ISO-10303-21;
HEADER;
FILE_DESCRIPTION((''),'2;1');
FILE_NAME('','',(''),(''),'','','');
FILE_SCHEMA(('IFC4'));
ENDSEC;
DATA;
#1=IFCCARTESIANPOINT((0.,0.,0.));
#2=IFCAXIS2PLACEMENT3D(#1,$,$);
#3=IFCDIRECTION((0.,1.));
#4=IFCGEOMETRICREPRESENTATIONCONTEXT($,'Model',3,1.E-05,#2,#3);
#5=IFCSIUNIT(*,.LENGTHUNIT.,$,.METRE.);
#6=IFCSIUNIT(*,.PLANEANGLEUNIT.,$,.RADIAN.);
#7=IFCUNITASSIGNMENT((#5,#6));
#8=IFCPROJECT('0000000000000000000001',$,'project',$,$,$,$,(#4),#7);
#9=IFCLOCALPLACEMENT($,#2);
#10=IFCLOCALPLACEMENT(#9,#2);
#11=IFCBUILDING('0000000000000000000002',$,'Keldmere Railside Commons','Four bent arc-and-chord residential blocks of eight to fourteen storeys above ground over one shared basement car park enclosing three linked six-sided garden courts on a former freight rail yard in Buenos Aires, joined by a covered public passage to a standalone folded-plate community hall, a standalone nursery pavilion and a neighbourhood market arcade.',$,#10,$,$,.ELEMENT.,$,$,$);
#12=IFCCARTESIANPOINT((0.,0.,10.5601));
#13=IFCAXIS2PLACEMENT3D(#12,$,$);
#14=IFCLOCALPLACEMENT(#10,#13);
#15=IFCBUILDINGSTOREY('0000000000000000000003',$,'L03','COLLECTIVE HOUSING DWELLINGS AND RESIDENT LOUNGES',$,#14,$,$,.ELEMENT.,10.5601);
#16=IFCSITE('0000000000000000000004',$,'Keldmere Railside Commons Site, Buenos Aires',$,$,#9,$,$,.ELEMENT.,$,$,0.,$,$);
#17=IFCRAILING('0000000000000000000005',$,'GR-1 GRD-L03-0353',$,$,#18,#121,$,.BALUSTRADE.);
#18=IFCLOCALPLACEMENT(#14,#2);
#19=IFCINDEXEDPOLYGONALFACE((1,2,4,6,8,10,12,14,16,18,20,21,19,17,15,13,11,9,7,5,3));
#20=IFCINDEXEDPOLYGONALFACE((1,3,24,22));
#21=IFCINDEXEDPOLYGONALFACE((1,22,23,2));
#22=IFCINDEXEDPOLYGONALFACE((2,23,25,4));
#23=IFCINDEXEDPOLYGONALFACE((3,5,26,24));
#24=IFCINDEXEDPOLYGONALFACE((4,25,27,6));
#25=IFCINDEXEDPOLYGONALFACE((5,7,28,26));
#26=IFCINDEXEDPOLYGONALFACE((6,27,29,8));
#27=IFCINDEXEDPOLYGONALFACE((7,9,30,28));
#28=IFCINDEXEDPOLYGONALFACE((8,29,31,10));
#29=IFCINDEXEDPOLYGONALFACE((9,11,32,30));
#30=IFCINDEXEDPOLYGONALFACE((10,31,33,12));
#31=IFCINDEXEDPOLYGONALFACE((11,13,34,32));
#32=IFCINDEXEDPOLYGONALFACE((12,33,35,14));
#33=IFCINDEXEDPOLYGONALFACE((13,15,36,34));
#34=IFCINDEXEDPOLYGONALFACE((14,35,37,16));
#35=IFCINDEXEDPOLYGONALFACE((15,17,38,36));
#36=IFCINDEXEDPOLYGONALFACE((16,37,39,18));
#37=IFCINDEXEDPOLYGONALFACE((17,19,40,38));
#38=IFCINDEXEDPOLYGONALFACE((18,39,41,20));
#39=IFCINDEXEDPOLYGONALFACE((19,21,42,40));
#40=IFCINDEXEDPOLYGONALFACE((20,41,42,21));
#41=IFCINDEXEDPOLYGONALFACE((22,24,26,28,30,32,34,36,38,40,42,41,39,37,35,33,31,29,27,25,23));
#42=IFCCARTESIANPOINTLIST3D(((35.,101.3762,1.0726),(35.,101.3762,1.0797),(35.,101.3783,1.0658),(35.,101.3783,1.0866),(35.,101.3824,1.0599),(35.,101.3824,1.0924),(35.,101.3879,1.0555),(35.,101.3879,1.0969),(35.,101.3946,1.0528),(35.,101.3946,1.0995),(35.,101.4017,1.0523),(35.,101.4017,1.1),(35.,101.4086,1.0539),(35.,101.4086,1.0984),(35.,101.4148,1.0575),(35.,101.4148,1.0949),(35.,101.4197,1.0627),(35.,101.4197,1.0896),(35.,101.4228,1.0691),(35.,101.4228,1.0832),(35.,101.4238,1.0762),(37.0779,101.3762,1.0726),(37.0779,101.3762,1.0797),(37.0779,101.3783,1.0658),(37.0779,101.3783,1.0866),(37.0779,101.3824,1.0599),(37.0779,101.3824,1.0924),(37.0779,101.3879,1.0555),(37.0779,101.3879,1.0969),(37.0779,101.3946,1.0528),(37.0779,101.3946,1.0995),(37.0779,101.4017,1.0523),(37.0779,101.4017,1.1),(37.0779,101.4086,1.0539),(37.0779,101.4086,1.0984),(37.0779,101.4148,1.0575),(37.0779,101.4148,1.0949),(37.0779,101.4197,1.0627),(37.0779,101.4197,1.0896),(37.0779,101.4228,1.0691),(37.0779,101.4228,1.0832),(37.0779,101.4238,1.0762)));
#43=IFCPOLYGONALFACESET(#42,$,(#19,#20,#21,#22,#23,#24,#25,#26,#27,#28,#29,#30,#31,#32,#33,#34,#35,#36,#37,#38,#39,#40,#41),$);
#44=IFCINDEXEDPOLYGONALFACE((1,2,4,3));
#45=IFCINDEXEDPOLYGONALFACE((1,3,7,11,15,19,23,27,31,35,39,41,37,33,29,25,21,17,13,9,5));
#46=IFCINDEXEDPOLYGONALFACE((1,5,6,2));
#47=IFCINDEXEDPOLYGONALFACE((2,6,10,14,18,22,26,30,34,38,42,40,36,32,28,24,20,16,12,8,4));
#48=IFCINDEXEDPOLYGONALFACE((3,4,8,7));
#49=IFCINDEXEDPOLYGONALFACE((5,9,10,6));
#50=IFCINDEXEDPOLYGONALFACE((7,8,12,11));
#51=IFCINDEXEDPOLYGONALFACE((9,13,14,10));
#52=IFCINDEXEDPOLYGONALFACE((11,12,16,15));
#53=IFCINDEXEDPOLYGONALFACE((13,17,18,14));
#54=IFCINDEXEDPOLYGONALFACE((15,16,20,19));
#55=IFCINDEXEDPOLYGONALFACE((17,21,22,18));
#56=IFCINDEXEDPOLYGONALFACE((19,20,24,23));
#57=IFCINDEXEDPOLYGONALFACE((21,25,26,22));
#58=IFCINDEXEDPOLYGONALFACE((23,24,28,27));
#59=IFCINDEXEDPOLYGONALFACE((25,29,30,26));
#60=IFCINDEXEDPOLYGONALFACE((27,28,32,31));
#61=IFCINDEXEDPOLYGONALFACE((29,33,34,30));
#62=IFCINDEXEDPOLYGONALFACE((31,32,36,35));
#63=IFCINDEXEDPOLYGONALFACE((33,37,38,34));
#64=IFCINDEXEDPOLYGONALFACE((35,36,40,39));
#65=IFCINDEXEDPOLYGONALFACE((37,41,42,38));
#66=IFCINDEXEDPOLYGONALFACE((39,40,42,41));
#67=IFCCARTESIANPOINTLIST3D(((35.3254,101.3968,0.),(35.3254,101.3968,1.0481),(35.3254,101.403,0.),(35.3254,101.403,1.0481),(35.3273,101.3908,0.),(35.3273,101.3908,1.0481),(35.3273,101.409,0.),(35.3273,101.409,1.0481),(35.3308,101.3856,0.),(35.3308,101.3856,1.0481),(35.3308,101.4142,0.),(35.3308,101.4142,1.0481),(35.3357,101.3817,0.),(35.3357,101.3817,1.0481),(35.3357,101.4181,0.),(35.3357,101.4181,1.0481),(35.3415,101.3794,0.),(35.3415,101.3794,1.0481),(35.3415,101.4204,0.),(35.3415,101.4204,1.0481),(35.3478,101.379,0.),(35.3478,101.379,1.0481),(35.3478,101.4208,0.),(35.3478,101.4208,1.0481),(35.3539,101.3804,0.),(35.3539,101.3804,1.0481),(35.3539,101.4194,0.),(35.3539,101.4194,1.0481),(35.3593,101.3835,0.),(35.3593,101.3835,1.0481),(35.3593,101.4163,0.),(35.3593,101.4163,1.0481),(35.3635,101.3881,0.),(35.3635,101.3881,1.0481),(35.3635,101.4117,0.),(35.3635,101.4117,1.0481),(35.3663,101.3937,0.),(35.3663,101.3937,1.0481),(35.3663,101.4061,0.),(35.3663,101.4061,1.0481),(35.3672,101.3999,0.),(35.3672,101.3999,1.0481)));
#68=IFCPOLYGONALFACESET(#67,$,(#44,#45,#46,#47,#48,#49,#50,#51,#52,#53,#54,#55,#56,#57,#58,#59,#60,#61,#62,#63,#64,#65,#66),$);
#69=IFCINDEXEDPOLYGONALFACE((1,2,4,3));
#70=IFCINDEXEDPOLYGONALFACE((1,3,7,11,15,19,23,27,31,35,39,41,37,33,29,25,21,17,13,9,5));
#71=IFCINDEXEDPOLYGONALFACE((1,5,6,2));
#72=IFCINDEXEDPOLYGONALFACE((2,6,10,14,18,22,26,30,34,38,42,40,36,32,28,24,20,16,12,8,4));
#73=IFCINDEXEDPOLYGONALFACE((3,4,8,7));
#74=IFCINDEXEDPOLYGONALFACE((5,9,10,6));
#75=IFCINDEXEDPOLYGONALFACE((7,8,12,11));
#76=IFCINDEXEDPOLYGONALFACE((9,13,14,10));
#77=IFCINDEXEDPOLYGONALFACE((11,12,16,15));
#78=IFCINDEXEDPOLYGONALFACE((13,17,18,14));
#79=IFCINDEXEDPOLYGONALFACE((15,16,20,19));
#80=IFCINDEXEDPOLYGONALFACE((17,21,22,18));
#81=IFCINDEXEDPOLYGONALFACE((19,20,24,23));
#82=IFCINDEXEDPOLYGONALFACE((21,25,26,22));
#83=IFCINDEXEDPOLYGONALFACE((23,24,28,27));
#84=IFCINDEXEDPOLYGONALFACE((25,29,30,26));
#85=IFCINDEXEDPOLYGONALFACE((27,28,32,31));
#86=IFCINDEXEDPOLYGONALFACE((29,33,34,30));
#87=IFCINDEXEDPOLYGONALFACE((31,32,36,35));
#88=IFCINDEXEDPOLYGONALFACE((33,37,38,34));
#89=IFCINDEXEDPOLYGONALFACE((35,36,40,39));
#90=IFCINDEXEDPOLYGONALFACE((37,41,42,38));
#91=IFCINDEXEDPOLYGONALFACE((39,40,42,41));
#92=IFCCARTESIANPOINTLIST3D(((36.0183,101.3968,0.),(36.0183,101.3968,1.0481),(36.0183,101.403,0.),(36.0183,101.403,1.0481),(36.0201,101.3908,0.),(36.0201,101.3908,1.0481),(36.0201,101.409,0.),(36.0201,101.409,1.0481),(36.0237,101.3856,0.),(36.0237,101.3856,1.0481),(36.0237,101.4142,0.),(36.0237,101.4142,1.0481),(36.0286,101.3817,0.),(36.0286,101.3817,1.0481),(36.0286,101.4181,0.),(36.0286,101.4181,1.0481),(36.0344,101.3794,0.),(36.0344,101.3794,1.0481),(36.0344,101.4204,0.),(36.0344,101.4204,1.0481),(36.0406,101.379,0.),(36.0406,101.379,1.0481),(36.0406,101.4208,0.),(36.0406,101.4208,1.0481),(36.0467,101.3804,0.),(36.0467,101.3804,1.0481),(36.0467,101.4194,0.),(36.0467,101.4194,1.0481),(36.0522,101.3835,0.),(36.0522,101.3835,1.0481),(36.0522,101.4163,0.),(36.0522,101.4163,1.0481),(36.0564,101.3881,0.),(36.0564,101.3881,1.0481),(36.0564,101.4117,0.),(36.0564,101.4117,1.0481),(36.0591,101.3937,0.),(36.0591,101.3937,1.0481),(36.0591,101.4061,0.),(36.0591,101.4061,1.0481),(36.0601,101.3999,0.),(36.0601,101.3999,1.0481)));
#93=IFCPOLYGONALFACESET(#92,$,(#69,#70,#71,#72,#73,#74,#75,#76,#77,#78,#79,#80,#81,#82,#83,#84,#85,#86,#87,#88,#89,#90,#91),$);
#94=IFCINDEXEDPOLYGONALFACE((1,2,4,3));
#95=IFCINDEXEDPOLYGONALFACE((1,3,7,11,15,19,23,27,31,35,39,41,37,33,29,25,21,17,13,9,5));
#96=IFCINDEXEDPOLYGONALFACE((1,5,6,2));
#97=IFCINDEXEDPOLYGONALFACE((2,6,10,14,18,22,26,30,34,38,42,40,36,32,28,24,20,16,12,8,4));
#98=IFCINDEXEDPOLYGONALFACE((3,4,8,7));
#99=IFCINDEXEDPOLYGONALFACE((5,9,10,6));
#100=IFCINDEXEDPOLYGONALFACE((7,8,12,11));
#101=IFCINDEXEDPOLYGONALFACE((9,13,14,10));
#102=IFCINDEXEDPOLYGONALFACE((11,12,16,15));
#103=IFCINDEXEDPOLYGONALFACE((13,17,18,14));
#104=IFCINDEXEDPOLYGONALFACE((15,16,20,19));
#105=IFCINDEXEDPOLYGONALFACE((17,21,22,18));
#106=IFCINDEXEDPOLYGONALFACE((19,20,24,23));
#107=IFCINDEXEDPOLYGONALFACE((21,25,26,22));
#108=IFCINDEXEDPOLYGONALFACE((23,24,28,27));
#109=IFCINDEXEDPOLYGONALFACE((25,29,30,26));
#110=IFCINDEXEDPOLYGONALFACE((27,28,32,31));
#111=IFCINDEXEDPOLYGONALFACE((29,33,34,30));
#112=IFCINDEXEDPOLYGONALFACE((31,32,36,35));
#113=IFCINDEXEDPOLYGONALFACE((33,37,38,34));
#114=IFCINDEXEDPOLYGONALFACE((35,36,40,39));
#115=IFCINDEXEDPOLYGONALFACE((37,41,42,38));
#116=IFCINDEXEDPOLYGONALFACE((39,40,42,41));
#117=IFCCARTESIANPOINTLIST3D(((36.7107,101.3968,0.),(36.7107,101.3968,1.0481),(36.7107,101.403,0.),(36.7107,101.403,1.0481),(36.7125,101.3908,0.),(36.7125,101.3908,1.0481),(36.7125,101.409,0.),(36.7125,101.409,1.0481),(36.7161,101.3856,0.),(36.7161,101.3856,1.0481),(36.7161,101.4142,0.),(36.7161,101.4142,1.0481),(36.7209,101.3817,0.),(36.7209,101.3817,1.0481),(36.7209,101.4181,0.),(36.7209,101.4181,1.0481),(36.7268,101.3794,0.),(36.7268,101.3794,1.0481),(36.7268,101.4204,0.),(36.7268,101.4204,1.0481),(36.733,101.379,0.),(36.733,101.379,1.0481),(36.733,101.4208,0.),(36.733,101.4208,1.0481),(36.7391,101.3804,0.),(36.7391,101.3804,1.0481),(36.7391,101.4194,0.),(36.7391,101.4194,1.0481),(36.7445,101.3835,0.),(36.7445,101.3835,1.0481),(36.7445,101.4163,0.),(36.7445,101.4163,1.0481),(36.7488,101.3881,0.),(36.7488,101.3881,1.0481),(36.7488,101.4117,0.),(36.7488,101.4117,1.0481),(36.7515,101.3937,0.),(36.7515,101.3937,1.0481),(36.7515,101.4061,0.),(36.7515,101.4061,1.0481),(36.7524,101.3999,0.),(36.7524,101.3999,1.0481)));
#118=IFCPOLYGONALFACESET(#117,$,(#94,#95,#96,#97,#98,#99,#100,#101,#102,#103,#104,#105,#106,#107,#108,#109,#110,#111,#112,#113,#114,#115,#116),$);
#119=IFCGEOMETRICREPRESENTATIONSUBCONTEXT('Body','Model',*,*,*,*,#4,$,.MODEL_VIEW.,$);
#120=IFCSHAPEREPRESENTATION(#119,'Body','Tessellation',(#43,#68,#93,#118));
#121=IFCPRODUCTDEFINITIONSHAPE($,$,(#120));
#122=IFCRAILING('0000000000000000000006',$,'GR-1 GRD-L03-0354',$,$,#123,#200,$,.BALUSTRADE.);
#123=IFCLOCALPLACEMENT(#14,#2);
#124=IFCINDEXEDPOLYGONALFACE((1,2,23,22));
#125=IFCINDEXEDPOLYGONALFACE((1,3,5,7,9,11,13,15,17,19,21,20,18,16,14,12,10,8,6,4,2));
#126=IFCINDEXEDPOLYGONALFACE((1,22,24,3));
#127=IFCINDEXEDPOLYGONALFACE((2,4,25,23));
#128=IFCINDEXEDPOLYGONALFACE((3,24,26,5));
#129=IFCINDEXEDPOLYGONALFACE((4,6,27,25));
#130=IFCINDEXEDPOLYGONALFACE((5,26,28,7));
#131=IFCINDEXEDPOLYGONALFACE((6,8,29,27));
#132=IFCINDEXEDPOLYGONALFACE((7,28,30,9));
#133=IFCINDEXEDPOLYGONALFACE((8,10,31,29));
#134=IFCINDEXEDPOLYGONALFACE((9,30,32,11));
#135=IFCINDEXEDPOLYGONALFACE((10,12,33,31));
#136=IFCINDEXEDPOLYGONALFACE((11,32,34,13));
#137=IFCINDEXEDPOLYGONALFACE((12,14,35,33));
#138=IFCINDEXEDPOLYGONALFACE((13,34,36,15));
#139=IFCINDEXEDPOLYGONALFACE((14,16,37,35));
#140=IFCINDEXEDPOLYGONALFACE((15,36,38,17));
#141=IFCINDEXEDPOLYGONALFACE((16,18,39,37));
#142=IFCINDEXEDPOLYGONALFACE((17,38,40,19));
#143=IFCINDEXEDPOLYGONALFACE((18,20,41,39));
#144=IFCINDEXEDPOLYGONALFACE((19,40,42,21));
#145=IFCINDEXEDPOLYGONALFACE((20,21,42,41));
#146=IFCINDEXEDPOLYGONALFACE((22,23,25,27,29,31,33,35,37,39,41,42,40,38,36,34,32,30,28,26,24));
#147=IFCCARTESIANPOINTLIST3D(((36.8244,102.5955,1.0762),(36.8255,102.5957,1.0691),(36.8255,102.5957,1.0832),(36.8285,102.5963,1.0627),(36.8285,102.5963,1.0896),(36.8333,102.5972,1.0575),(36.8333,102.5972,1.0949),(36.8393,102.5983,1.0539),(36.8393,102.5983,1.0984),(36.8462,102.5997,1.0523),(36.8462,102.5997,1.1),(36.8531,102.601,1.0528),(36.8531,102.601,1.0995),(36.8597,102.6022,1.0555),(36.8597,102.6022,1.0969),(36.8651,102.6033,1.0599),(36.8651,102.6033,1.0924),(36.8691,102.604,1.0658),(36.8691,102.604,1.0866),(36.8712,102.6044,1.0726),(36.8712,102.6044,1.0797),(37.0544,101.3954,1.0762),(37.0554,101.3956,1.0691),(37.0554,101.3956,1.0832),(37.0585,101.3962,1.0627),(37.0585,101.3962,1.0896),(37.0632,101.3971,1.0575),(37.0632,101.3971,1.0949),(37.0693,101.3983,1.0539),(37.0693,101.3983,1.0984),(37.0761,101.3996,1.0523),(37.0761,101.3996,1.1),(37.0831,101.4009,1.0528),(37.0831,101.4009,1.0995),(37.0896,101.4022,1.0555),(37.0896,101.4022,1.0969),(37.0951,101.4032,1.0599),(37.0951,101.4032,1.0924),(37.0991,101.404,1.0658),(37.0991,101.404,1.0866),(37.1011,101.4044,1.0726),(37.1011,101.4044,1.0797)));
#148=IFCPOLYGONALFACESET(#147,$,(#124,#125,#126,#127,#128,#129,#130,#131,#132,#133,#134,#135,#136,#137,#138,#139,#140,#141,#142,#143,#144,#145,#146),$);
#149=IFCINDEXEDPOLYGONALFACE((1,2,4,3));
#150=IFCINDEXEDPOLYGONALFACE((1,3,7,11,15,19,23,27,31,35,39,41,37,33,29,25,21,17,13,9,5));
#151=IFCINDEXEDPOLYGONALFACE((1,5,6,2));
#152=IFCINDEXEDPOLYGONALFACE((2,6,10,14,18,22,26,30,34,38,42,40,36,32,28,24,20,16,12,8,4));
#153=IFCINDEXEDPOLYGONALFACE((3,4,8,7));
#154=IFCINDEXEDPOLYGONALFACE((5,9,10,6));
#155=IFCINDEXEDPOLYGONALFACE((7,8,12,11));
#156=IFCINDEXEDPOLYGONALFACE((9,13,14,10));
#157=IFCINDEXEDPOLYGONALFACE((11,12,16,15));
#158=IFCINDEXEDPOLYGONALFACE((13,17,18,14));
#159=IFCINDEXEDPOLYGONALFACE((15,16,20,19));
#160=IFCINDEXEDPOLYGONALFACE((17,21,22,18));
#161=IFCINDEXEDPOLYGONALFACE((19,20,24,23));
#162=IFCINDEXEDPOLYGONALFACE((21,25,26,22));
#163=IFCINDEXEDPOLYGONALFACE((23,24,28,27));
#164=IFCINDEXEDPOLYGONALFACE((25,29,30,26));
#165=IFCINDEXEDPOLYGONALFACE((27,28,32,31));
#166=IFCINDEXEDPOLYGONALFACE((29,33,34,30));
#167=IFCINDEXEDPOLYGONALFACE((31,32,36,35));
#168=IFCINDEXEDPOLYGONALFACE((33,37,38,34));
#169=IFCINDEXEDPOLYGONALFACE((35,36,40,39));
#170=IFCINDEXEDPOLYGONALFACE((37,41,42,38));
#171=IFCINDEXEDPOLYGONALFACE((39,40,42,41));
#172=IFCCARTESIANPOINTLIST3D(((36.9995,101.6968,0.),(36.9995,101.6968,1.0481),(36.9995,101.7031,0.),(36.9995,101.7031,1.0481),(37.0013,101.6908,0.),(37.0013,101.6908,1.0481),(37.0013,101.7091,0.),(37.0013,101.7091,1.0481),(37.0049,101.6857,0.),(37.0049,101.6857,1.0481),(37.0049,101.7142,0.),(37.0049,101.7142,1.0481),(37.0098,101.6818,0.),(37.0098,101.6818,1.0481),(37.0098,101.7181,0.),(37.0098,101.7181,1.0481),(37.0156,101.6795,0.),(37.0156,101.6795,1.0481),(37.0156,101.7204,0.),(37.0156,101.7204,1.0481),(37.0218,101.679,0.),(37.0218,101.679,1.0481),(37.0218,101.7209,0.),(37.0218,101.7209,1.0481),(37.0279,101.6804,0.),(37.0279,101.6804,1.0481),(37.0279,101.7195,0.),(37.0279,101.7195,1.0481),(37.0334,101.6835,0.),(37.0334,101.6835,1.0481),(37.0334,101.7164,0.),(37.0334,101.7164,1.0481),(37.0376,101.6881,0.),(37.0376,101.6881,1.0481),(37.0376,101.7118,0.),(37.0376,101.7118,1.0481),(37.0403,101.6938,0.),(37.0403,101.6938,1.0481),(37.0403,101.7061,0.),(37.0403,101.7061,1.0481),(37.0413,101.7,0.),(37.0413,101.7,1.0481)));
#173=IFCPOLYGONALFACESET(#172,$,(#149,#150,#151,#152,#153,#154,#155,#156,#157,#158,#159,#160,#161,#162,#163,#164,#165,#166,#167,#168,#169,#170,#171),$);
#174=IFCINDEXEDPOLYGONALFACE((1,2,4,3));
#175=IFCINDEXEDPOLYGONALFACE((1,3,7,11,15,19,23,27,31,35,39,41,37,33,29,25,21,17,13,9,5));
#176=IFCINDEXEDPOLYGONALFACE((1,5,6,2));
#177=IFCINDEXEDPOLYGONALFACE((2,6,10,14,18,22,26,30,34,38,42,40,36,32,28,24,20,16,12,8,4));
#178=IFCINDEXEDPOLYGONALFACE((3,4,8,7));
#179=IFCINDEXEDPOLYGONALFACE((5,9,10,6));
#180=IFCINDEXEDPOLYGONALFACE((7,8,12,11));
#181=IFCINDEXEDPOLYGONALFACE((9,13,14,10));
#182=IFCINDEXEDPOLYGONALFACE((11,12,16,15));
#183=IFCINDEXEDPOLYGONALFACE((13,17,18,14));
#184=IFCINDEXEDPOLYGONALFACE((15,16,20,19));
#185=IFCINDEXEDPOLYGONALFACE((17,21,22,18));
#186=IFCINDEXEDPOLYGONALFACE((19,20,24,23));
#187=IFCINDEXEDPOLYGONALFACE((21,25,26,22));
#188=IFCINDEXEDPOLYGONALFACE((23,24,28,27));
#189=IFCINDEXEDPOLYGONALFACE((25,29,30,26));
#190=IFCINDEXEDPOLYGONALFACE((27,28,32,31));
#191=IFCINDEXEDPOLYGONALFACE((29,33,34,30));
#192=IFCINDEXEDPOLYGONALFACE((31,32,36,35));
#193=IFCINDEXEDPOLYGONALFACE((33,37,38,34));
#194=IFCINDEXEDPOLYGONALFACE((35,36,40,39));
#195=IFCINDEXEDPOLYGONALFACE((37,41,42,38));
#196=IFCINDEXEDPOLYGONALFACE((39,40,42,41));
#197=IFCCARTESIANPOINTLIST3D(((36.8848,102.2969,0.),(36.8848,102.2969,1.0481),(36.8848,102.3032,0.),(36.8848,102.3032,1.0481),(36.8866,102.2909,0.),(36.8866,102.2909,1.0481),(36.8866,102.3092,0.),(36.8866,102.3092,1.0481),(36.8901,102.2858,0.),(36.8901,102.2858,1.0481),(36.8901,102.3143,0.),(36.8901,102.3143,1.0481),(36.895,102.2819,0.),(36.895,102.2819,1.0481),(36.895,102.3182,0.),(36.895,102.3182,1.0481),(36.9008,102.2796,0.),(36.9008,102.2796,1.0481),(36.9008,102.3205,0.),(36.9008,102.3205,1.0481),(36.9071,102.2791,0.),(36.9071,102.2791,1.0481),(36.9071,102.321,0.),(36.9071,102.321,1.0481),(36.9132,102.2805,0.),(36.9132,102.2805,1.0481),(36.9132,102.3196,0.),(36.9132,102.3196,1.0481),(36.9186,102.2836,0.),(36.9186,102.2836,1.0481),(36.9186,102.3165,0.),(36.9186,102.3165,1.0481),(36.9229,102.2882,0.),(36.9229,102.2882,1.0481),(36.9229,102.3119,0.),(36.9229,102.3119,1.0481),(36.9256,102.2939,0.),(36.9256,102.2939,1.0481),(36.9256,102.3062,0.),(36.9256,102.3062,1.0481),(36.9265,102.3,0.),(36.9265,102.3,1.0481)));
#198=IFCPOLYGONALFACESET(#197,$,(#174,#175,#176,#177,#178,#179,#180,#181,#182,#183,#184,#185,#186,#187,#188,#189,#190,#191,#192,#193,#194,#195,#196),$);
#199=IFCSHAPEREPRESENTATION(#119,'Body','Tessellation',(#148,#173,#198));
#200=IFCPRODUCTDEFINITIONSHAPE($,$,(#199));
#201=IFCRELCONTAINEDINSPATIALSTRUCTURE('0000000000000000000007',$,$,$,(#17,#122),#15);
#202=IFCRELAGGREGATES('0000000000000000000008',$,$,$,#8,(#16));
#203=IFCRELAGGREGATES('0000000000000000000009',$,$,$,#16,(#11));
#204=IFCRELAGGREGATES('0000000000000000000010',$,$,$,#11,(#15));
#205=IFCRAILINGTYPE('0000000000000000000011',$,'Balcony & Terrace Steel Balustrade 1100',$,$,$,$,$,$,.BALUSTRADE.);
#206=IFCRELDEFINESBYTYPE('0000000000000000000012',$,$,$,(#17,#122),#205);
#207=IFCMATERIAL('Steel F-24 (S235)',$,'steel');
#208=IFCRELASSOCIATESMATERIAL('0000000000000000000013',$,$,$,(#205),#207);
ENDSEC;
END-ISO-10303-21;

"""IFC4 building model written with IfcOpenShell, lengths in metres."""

from ifc_helpers import new_model, si_unit, direction, frame, origin, origin_2d, place, context, subcontext, project, spatial, circle, extrude, material, type_object, element, save


model = new_model("IFC4")

# Units and contexts
model_context = context("Model", 3, precision=1e-05, world=origin(), true_north=direction((0.0, 1.0)))
body_context = subcontext(model_context, "Body", "Model", "MODEL_VIEW")
ifc_project = project(units=[si_unit("LENGTHUNIT", "METRE"), si_unit("PLANEANGLEUNIT", "RADIAN")], contexts=[model_context])

# Site, building, storey
site_placement = place(None, origin())
site = spatial("IfcSite", under=ifc_project, at=site_placement, Name="Keldmere Railside Commons Site, Buenos Aires", CompositionType="ELEMENT", RefElevation=0.0)
building_placement = place(site_placement, origin())
building = spatial("IfcBuilding", under=site, at=building_placement, Name="Keldmere Railside Commons", Description="Four bent arc-and-chord residential blocks of eight to fourteen storeys above ground over one shared basement car park enclosing three linked six-sided garden courts on a former freight rail yard in Buenos Aires, joined by a covered public passage to a standalone folded-plate community hall, a standalone nursery pavilion and a neighbourhood market arcade.", CompositionType="ELEMENT")
storey_placement = place(building_placement, frame((0.0, 0.0, 10.5601)))
storey = spatial("IfcBuildingStorey", under=building, at=storey_placement, Name="L03", Description="COLLECTIVE HOUSING DWELLINGS AND RESIDENT LOUNGES", CompositionType="ELEMENT", Elevation=10.5601)

# Railings
ifc_material_1 = material(Name="Steel F-24 (S235)", Category="steel")
railing_type = type_object("IfcRailingType", Name="Balcony & Terrace Steel Balustrade 1100", PredefinedType="BALUSTRADE", material=ifc_material_1)
railing_1_placement = place(storey_placement, frame((35.0, 101.3999, 0.0)))
element("IfcRailing", 1, at=railing_1_placement, inside=storey, type_object=railing_type, Name="GR-1 GRD-L03-0353", PredefinedType="BALUSTRADE", context=body_context, shape_type="SweptSolid", body=[
    extrude(circle(Radius=0.0239, at=origin_2d()), frame((0.0, 0.0, 1.0762), z_axis=(1.0, 0.0, 0.0), x_axis=(0.0, 1.0, 0.0)), (0.0, 0.0, 1.0), 2.0779),
    extrude(circle(Radius=0.021, at=origin_2d()), frame((0.3462, 0.0, 0.0)), (0.0, 0.0, 1.0), 1.0481),
    extrude(circle(Radius=0.021, at=origin_2d()), frame((1.0391, 0.0, 0.0)), (0.0, 0.0, 1.0), 1.0481),
    extrude(circle(Radius=0.021, at=origin_2d()), frame((1.7314, 0.0, 0.0)), (0.0, 0.0, 1.0), 1.0481),
])
railing_2_placement = place(storey_placement, frame((37.0779, 101.3999, 0.0)))
element("IfcRailing", 2, at=railing_2_placement, inside=storey, type_object=railing_type, Name="GR-1 GRD-L03-0354", PredefinedType="BALUSTRADE", context=body_context, shape_type="SweptSolid", body=[
    extrude(circle(Radius=0.0239, at=origin_2d()), frame((0.0, 0.0, 1.0762), z_axis=(-0.188195, 0.982132, 0.0), x_axis=(-0.982132, -0.188195, 0.0)), (0.0, 0.0, 1.0), 1.2219),
    extrude(circle(Radius=0.021, at=origin_2d()), frame((-0.0576, 0.3, 0.0)), (0.0, 0.0, 1.0), 1.0481),
    extrude(circle(Radius=0.021, at=origin_2d()), frame((-0.1724, 0.9001, 0.0)), (0.0, 0.0, 1.0), 1.0481),
])

save(model, "model.ifc")
